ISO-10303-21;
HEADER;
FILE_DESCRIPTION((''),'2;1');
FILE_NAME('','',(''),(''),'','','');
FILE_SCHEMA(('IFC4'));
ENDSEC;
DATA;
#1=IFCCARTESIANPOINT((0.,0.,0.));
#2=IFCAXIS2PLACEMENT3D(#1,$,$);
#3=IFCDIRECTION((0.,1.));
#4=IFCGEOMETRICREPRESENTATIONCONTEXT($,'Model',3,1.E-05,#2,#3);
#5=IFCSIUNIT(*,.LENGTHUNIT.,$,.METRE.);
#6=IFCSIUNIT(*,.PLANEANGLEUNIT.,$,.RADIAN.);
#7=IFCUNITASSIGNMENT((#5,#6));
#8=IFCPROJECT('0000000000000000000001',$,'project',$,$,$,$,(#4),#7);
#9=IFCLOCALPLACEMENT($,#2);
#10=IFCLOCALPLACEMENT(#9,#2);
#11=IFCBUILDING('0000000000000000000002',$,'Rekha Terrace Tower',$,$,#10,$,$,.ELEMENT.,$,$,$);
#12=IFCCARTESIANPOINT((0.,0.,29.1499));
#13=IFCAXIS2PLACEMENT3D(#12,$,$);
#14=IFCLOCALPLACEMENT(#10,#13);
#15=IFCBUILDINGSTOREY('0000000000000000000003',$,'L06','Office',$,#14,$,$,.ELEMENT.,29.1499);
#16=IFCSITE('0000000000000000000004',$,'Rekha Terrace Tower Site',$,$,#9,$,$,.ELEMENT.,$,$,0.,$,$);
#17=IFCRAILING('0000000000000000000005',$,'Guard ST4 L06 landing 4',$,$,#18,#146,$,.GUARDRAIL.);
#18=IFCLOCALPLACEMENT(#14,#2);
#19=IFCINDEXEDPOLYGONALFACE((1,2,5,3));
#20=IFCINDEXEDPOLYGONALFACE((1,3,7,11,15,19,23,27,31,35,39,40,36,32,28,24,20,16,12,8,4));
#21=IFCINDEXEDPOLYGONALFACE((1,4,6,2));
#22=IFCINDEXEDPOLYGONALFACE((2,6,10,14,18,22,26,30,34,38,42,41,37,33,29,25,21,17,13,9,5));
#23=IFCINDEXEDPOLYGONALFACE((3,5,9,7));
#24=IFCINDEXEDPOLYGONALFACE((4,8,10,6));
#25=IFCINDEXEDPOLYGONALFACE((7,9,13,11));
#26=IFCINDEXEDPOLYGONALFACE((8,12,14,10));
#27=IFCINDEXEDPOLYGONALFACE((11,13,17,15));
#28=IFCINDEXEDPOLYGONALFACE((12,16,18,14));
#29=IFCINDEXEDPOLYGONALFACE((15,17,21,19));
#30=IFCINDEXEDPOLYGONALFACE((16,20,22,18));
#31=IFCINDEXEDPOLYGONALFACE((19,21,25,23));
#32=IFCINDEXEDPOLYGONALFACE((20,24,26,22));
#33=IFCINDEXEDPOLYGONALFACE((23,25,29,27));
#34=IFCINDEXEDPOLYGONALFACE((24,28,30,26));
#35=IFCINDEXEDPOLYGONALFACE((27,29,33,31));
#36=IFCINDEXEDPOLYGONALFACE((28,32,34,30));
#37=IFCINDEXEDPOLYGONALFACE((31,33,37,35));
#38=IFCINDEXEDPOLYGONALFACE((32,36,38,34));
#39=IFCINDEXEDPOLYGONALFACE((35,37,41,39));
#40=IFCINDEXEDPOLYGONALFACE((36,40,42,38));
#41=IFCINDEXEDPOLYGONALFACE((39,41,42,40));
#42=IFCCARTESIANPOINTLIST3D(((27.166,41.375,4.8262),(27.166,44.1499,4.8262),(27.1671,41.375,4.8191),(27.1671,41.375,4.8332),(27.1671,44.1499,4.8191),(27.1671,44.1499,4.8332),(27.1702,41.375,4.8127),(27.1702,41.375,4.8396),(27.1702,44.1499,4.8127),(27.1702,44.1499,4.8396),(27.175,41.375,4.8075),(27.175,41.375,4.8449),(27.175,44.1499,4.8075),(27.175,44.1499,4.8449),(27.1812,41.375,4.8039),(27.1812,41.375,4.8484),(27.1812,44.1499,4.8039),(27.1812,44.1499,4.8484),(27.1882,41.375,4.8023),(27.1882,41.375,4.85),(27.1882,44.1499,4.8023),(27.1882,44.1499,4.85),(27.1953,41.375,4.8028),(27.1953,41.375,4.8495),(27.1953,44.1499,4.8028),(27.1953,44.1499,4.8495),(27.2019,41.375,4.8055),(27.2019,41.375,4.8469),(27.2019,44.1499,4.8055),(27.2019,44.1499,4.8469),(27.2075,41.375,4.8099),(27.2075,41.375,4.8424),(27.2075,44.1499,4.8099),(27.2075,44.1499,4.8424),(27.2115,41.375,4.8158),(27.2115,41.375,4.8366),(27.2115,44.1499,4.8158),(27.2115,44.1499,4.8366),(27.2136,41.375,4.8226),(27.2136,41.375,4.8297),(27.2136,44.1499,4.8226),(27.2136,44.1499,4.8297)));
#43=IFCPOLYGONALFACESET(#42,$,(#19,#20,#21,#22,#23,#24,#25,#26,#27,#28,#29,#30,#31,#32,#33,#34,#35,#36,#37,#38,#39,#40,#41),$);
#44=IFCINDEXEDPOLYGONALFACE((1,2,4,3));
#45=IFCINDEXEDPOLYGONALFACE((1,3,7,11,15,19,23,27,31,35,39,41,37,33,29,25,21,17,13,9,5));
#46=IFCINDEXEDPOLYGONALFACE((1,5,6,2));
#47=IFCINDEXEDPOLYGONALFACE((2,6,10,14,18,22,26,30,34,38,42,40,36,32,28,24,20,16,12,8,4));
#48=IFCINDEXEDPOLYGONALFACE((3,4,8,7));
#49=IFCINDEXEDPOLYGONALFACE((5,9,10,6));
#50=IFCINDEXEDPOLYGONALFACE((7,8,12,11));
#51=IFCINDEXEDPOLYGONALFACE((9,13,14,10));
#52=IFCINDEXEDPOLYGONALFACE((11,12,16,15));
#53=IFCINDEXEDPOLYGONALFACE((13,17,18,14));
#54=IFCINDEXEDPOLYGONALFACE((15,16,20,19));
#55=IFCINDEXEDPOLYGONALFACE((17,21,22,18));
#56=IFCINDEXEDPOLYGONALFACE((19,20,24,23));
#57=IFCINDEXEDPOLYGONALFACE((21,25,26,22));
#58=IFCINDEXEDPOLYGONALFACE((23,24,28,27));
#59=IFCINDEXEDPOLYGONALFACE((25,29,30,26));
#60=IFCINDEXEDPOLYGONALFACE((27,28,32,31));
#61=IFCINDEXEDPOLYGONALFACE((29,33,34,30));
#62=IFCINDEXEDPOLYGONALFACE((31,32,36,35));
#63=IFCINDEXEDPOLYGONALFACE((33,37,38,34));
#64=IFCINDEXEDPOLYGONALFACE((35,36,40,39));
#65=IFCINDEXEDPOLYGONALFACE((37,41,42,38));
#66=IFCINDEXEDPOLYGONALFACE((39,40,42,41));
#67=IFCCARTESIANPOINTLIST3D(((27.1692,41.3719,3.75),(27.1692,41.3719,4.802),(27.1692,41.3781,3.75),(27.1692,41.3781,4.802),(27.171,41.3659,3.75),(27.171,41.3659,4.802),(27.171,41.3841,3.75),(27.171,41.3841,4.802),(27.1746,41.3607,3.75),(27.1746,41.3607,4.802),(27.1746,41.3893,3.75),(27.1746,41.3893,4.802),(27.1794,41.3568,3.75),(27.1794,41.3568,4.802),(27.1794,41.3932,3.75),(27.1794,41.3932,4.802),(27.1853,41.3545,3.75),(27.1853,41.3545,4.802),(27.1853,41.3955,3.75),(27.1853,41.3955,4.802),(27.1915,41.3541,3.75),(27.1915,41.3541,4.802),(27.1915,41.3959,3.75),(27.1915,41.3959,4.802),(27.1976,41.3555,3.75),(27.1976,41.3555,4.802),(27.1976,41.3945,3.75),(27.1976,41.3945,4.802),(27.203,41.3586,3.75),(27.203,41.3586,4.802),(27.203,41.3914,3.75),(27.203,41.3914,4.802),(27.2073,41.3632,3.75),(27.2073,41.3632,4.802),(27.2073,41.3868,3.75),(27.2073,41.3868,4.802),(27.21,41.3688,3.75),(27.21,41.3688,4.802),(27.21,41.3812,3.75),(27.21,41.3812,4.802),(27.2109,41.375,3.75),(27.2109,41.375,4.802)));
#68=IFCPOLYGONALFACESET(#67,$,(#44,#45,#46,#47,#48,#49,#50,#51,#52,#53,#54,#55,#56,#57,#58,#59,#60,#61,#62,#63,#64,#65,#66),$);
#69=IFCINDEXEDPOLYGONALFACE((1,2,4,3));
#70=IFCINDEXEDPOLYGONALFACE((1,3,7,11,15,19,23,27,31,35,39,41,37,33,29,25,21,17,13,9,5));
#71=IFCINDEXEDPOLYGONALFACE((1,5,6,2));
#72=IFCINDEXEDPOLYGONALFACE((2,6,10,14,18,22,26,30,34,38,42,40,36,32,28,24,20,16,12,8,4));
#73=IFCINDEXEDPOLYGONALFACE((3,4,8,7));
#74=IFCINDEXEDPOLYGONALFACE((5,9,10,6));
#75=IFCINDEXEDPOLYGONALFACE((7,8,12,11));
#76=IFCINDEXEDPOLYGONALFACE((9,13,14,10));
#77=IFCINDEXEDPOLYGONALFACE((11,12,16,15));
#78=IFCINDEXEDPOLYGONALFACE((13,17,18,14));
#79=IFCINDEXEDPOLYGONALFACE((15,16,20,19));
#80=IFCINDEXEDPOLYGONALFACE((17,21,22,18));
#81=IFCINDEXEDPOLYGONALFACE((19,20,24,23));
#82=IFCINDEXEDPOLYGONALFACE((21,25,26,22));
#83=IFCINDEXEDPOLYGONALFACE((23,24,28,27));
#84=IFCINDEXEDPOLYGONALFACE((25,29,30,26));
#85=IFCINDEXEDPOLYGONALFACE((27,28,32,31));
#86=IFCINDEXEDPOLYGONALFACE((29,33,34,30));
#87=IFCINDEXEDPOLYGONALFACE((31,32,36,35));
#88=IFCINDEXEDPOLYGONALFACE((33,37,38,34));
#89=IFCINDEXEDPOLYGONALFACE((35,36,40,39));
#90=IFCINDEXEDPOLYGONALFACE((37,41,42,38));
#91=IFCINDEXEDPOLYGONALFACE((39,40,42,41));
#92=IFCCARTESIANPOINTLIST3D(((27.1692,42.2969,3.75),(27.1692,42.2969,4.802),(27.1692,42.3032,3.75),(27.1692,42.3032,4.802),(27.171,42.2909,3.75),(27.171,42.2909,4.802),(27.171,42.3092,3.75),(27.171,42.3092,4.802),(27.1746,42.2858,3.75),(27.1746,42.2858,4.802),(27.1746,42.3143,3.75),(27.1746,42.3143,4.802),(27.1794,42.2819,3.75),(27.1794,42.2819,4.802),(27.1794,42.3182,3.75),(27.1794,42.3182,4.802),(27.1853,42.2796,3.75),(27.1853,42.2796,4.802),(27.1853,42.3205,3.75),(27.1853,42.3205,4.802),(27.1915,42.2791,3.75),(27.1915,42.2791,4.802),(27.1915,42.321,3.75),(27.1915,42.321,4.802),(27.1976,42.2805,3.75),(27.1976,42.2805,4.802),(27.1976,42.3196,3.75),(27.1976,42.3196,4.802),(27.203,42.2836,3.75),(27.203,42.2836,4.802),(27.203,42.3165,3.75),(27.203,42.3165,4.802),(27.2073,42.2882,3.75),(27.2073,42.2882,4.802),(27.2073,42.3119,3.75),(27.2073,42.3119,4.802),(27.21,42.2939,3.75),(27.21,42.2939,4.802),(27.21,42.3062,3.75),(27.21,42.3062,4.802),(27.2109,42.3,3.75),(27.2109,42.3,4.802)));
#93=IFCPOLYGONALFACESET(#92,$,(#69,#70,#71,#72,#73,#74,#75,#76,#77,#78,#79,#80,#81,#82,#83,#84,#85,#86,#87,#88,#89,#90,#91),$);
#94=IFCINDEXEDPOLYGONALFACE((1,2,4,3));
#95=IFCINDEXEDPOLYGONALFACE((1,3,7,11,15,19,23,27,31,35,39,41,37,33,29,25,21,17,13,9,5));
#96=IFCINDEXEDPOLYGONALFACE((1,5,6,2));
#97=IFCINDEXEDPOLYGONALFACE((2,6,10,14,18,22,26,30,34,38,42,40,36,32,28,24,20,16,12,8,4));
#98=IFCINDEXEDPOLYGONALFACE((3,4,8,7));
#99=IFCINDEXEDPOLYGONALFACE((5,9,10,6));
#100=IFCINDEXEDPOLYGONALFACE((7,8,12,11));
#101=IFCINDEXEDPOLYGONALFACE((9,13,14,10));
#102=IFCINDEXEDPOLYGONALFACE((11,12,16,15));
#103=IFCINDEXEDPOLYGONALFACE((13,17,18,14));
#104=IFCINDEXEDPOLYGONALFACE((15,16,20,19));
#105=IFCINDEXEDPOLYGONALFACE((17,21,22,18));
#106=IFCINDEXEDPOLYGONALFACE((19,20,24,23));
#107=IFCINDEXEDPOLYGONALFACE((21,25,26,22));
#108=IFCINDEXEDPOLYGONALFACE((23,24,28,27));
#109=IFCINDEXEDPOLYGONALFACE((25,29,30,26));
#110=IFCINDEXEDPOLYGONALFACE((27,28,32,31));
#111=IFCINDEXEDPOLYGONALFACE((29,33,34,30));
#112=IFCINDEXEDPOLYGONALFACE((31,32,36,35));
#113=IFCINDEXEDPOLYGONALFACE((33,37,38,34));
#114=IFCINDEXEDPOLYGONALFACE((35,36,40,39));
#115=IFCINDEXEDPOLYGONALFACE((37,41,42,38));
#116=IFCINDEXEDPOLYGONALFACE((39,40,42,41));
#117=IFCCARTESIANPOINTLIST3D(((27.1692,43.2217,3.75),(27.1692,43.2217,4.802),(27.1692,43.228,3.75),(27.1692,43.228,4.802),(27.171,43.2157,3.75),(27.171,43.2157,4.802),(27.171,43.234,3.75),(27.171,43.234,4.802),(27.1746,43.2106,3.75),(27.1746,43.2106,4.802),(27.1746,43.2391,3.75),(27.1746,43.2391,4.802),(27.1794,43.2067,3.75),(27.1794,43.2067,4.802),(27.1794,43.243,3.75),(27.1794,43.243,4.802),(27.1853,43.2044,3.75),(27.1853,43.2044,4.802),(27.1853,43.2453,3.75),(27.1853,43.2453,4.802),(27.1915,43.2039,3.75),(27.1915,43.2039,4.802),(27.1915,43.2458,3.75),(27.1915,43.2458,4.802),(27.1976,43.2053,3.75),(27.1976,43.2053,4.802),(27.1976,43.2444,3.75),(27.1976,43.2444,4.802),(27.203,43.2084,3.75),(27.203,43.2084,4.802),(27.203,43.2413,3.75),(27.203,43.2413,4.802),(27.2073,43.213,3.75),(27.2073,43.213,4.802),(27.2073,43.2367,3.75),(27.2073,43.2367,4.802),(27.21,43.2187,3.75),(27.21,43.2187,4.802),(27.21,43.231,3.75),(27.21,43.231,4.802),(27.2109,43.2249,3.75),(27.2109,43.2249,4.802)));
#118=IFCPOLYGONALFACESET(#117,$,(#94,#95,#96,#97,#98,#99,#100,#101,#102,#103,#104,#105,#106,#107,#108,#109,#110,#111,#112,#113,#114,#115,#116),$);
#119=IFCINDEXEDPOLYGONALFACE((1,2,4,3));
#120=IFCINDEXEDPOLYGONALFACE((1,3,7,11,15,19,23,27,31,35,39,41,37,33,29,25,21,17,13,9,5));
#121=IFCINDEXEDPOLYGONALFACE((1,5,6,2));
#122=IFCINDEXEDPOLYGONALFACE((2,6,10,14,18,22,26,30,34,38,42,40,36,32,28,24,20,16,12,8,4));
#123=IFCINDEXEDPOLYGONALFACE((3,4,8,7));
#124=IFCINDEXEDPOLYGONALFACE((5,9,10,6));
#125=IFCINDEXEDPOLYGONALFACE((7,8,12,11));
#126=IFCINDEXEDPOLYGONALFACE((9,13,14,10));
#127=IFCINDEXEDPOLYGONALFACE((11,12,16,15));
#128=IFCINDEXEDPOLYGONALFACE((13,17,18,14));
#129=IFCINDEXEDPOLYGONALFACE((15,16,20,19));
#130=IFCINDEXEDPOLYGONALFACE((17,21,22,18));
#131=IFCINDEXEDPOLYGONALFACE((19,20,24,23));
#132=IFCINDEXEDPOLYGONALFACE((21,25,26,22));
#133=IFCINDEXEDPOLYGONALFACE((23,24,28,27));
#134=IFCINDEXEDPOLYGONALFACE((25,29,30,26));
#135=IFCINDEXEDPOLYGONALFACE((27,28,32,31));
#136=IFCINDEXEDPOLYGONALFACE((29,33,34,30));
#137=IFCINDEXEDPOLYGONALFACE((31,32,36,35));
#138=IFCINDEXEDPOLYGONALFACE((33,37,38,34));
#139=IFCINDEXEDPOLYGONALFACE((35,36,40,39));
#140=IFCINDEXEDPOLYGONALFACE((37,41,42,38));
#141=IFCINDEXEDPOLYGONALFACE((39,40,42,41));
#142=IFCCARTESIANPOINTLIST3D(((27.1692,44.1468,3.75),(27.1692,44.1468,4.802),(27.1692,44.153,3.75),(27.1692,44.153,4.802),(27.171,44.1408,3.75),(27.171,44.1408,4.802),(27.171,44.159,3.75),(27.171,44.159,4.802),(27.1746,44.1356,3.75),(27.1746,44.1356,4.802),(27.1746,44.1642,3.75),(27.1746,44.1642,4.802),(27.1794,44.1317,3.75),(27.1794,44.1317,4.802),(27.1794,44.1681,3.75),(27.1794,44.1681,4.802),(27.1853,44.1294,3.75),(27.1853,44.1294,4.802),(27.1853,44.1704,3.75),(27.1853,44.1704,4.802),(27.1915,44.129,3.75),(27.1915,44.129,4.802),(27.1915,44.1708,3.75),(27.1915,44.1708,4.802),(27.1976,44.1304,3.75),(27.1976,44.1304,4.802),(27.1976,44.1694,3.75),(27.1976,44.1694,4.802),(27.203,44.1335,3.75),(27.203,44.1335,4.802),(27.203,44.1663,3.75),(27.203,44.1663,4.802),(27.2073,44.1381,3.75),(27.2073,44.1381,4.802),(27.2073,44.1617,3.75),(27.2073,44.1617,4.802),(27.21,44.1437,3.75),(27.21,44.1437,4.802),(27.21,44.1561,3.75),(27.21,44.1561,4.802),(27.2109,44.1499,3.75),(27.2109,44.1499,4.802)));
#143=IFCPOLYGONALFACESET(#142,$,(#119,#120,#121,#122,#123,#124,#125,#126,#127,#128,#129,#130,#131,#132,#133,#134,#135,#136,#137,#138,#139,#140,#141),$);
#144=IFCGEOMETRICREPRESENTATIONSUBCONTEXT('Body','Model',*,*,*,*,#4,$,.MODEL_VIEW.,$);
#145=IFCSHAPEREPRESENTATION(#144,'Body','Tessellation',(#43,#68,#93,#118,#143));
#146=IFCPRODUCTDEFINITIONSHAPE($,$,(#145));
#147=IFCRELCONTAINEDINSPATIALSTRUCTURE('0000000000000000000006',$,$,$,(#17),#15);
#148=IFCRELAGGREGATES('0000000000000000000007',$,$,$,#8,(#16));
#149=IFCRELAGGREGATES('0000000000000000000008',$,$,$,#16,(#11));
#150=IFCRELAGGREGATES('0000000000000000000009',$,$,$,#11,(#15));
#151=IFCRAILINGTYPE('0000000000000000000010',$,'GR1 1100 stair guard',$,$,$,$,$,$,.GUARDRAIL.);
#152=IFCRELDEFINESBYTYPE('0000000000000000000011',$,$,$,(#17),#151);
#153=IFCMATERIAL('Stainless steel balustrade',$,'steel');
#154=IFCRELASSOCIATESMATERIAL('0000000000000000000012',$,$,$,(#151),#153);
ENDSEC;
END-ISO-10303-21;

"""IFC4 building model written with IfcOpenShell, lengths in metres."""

from ifc_helpers import new_model, si_unit, direction, frame, origin, origin_2d, place, context, subcontext, project, spatial, circle, extrude, material, type_object, element, save


model = new_model("IFC4")

# Units and contexts
model_context = context("Model", 3, precision=1e-05, world=origin(), true_north=direction((0.0, 1.0)))
body_context = subcontext(model_context, "Body", "Model", "MODEL_VIEW")
ifc_project = project(units=[si_unit("LENGTHUNIT", "METRE"), si_unit("PLANEANGLEUNIT", "RADIAN")], contexts=[model_context])

# Site, building, storey
site_placement = place(None, origin())
site = spatial("IfcSite", under=ifc_project, at=site_placement, Name="Rekha Terrace Tower Site", CompositionType="ELEMENT", RefElevation=0.0)
building_placement = place(site_placement, origin())
building = spatial("IfcBuilding", under=site, at=building_placement, Name="Rekha Terrace Tower", CompositionType="ELEMENT")
storey_placement = place(building_placement, frame((0.0, 0.0, 29.1499)))
storey = spatial("IfcBuildingStorey", under=building, at=storey_placement, Name="L06", Description="Office", CompositionType="ELEMENT", Elevation=29.1499)

# Railing
ifc_material_1 = material(Name="Stainless steel balustrade", Category="steel")
railing_type_1 = type_object("IfcRailingType", Name="GR1 1100 stair guard", PredefinedType="GUARDRAIL", material=ifc_material_1)
railing_1_placement = place(storey_placement, frame((27.1899, 41.375, 3.75)))
element("IfcRailing", 1, at=railing_1_placement, inside=storey, type_object=railing_type_1, Name="Guard ST4 L06 landing 4", PredefinedType="GUARDRAIL", context=body_context, shape_type="SweptSolid", body=[
    extrude(circle(Radius=0.0239, at=origin_2d()), frame((0.0, 0.0, 1.0762), z_axis=(0.0, 1.0, 0.0), x_axis=(-1.0, 0.0, 0.0)), (0.0, 0.0, 1.0), 2.7749),
    extrude(circle(Radius=0.021, at=origin_2d()), origin(), (0.0, 0.0, 1.0), 1.052),
    extrude(circle(Radius=0.021, at=origin_2d()), frame((0.0, 0.925, 0.0)), (0.0, 0.0, 1.0), 1.052),
    extrude(circle(Radius=0.021, at=origin_2d()), frame((0.0, 1.8499, 0.0)), (0.0, 0.0, 1.0), 1.052),
    extrude(circle(Radius=0.021, at=origin_2d()), frame((0.0, 2.7749, 0.0)), (0.0, 0.0, 1.0), 1.052),
])

save(model, "model.ifc")
